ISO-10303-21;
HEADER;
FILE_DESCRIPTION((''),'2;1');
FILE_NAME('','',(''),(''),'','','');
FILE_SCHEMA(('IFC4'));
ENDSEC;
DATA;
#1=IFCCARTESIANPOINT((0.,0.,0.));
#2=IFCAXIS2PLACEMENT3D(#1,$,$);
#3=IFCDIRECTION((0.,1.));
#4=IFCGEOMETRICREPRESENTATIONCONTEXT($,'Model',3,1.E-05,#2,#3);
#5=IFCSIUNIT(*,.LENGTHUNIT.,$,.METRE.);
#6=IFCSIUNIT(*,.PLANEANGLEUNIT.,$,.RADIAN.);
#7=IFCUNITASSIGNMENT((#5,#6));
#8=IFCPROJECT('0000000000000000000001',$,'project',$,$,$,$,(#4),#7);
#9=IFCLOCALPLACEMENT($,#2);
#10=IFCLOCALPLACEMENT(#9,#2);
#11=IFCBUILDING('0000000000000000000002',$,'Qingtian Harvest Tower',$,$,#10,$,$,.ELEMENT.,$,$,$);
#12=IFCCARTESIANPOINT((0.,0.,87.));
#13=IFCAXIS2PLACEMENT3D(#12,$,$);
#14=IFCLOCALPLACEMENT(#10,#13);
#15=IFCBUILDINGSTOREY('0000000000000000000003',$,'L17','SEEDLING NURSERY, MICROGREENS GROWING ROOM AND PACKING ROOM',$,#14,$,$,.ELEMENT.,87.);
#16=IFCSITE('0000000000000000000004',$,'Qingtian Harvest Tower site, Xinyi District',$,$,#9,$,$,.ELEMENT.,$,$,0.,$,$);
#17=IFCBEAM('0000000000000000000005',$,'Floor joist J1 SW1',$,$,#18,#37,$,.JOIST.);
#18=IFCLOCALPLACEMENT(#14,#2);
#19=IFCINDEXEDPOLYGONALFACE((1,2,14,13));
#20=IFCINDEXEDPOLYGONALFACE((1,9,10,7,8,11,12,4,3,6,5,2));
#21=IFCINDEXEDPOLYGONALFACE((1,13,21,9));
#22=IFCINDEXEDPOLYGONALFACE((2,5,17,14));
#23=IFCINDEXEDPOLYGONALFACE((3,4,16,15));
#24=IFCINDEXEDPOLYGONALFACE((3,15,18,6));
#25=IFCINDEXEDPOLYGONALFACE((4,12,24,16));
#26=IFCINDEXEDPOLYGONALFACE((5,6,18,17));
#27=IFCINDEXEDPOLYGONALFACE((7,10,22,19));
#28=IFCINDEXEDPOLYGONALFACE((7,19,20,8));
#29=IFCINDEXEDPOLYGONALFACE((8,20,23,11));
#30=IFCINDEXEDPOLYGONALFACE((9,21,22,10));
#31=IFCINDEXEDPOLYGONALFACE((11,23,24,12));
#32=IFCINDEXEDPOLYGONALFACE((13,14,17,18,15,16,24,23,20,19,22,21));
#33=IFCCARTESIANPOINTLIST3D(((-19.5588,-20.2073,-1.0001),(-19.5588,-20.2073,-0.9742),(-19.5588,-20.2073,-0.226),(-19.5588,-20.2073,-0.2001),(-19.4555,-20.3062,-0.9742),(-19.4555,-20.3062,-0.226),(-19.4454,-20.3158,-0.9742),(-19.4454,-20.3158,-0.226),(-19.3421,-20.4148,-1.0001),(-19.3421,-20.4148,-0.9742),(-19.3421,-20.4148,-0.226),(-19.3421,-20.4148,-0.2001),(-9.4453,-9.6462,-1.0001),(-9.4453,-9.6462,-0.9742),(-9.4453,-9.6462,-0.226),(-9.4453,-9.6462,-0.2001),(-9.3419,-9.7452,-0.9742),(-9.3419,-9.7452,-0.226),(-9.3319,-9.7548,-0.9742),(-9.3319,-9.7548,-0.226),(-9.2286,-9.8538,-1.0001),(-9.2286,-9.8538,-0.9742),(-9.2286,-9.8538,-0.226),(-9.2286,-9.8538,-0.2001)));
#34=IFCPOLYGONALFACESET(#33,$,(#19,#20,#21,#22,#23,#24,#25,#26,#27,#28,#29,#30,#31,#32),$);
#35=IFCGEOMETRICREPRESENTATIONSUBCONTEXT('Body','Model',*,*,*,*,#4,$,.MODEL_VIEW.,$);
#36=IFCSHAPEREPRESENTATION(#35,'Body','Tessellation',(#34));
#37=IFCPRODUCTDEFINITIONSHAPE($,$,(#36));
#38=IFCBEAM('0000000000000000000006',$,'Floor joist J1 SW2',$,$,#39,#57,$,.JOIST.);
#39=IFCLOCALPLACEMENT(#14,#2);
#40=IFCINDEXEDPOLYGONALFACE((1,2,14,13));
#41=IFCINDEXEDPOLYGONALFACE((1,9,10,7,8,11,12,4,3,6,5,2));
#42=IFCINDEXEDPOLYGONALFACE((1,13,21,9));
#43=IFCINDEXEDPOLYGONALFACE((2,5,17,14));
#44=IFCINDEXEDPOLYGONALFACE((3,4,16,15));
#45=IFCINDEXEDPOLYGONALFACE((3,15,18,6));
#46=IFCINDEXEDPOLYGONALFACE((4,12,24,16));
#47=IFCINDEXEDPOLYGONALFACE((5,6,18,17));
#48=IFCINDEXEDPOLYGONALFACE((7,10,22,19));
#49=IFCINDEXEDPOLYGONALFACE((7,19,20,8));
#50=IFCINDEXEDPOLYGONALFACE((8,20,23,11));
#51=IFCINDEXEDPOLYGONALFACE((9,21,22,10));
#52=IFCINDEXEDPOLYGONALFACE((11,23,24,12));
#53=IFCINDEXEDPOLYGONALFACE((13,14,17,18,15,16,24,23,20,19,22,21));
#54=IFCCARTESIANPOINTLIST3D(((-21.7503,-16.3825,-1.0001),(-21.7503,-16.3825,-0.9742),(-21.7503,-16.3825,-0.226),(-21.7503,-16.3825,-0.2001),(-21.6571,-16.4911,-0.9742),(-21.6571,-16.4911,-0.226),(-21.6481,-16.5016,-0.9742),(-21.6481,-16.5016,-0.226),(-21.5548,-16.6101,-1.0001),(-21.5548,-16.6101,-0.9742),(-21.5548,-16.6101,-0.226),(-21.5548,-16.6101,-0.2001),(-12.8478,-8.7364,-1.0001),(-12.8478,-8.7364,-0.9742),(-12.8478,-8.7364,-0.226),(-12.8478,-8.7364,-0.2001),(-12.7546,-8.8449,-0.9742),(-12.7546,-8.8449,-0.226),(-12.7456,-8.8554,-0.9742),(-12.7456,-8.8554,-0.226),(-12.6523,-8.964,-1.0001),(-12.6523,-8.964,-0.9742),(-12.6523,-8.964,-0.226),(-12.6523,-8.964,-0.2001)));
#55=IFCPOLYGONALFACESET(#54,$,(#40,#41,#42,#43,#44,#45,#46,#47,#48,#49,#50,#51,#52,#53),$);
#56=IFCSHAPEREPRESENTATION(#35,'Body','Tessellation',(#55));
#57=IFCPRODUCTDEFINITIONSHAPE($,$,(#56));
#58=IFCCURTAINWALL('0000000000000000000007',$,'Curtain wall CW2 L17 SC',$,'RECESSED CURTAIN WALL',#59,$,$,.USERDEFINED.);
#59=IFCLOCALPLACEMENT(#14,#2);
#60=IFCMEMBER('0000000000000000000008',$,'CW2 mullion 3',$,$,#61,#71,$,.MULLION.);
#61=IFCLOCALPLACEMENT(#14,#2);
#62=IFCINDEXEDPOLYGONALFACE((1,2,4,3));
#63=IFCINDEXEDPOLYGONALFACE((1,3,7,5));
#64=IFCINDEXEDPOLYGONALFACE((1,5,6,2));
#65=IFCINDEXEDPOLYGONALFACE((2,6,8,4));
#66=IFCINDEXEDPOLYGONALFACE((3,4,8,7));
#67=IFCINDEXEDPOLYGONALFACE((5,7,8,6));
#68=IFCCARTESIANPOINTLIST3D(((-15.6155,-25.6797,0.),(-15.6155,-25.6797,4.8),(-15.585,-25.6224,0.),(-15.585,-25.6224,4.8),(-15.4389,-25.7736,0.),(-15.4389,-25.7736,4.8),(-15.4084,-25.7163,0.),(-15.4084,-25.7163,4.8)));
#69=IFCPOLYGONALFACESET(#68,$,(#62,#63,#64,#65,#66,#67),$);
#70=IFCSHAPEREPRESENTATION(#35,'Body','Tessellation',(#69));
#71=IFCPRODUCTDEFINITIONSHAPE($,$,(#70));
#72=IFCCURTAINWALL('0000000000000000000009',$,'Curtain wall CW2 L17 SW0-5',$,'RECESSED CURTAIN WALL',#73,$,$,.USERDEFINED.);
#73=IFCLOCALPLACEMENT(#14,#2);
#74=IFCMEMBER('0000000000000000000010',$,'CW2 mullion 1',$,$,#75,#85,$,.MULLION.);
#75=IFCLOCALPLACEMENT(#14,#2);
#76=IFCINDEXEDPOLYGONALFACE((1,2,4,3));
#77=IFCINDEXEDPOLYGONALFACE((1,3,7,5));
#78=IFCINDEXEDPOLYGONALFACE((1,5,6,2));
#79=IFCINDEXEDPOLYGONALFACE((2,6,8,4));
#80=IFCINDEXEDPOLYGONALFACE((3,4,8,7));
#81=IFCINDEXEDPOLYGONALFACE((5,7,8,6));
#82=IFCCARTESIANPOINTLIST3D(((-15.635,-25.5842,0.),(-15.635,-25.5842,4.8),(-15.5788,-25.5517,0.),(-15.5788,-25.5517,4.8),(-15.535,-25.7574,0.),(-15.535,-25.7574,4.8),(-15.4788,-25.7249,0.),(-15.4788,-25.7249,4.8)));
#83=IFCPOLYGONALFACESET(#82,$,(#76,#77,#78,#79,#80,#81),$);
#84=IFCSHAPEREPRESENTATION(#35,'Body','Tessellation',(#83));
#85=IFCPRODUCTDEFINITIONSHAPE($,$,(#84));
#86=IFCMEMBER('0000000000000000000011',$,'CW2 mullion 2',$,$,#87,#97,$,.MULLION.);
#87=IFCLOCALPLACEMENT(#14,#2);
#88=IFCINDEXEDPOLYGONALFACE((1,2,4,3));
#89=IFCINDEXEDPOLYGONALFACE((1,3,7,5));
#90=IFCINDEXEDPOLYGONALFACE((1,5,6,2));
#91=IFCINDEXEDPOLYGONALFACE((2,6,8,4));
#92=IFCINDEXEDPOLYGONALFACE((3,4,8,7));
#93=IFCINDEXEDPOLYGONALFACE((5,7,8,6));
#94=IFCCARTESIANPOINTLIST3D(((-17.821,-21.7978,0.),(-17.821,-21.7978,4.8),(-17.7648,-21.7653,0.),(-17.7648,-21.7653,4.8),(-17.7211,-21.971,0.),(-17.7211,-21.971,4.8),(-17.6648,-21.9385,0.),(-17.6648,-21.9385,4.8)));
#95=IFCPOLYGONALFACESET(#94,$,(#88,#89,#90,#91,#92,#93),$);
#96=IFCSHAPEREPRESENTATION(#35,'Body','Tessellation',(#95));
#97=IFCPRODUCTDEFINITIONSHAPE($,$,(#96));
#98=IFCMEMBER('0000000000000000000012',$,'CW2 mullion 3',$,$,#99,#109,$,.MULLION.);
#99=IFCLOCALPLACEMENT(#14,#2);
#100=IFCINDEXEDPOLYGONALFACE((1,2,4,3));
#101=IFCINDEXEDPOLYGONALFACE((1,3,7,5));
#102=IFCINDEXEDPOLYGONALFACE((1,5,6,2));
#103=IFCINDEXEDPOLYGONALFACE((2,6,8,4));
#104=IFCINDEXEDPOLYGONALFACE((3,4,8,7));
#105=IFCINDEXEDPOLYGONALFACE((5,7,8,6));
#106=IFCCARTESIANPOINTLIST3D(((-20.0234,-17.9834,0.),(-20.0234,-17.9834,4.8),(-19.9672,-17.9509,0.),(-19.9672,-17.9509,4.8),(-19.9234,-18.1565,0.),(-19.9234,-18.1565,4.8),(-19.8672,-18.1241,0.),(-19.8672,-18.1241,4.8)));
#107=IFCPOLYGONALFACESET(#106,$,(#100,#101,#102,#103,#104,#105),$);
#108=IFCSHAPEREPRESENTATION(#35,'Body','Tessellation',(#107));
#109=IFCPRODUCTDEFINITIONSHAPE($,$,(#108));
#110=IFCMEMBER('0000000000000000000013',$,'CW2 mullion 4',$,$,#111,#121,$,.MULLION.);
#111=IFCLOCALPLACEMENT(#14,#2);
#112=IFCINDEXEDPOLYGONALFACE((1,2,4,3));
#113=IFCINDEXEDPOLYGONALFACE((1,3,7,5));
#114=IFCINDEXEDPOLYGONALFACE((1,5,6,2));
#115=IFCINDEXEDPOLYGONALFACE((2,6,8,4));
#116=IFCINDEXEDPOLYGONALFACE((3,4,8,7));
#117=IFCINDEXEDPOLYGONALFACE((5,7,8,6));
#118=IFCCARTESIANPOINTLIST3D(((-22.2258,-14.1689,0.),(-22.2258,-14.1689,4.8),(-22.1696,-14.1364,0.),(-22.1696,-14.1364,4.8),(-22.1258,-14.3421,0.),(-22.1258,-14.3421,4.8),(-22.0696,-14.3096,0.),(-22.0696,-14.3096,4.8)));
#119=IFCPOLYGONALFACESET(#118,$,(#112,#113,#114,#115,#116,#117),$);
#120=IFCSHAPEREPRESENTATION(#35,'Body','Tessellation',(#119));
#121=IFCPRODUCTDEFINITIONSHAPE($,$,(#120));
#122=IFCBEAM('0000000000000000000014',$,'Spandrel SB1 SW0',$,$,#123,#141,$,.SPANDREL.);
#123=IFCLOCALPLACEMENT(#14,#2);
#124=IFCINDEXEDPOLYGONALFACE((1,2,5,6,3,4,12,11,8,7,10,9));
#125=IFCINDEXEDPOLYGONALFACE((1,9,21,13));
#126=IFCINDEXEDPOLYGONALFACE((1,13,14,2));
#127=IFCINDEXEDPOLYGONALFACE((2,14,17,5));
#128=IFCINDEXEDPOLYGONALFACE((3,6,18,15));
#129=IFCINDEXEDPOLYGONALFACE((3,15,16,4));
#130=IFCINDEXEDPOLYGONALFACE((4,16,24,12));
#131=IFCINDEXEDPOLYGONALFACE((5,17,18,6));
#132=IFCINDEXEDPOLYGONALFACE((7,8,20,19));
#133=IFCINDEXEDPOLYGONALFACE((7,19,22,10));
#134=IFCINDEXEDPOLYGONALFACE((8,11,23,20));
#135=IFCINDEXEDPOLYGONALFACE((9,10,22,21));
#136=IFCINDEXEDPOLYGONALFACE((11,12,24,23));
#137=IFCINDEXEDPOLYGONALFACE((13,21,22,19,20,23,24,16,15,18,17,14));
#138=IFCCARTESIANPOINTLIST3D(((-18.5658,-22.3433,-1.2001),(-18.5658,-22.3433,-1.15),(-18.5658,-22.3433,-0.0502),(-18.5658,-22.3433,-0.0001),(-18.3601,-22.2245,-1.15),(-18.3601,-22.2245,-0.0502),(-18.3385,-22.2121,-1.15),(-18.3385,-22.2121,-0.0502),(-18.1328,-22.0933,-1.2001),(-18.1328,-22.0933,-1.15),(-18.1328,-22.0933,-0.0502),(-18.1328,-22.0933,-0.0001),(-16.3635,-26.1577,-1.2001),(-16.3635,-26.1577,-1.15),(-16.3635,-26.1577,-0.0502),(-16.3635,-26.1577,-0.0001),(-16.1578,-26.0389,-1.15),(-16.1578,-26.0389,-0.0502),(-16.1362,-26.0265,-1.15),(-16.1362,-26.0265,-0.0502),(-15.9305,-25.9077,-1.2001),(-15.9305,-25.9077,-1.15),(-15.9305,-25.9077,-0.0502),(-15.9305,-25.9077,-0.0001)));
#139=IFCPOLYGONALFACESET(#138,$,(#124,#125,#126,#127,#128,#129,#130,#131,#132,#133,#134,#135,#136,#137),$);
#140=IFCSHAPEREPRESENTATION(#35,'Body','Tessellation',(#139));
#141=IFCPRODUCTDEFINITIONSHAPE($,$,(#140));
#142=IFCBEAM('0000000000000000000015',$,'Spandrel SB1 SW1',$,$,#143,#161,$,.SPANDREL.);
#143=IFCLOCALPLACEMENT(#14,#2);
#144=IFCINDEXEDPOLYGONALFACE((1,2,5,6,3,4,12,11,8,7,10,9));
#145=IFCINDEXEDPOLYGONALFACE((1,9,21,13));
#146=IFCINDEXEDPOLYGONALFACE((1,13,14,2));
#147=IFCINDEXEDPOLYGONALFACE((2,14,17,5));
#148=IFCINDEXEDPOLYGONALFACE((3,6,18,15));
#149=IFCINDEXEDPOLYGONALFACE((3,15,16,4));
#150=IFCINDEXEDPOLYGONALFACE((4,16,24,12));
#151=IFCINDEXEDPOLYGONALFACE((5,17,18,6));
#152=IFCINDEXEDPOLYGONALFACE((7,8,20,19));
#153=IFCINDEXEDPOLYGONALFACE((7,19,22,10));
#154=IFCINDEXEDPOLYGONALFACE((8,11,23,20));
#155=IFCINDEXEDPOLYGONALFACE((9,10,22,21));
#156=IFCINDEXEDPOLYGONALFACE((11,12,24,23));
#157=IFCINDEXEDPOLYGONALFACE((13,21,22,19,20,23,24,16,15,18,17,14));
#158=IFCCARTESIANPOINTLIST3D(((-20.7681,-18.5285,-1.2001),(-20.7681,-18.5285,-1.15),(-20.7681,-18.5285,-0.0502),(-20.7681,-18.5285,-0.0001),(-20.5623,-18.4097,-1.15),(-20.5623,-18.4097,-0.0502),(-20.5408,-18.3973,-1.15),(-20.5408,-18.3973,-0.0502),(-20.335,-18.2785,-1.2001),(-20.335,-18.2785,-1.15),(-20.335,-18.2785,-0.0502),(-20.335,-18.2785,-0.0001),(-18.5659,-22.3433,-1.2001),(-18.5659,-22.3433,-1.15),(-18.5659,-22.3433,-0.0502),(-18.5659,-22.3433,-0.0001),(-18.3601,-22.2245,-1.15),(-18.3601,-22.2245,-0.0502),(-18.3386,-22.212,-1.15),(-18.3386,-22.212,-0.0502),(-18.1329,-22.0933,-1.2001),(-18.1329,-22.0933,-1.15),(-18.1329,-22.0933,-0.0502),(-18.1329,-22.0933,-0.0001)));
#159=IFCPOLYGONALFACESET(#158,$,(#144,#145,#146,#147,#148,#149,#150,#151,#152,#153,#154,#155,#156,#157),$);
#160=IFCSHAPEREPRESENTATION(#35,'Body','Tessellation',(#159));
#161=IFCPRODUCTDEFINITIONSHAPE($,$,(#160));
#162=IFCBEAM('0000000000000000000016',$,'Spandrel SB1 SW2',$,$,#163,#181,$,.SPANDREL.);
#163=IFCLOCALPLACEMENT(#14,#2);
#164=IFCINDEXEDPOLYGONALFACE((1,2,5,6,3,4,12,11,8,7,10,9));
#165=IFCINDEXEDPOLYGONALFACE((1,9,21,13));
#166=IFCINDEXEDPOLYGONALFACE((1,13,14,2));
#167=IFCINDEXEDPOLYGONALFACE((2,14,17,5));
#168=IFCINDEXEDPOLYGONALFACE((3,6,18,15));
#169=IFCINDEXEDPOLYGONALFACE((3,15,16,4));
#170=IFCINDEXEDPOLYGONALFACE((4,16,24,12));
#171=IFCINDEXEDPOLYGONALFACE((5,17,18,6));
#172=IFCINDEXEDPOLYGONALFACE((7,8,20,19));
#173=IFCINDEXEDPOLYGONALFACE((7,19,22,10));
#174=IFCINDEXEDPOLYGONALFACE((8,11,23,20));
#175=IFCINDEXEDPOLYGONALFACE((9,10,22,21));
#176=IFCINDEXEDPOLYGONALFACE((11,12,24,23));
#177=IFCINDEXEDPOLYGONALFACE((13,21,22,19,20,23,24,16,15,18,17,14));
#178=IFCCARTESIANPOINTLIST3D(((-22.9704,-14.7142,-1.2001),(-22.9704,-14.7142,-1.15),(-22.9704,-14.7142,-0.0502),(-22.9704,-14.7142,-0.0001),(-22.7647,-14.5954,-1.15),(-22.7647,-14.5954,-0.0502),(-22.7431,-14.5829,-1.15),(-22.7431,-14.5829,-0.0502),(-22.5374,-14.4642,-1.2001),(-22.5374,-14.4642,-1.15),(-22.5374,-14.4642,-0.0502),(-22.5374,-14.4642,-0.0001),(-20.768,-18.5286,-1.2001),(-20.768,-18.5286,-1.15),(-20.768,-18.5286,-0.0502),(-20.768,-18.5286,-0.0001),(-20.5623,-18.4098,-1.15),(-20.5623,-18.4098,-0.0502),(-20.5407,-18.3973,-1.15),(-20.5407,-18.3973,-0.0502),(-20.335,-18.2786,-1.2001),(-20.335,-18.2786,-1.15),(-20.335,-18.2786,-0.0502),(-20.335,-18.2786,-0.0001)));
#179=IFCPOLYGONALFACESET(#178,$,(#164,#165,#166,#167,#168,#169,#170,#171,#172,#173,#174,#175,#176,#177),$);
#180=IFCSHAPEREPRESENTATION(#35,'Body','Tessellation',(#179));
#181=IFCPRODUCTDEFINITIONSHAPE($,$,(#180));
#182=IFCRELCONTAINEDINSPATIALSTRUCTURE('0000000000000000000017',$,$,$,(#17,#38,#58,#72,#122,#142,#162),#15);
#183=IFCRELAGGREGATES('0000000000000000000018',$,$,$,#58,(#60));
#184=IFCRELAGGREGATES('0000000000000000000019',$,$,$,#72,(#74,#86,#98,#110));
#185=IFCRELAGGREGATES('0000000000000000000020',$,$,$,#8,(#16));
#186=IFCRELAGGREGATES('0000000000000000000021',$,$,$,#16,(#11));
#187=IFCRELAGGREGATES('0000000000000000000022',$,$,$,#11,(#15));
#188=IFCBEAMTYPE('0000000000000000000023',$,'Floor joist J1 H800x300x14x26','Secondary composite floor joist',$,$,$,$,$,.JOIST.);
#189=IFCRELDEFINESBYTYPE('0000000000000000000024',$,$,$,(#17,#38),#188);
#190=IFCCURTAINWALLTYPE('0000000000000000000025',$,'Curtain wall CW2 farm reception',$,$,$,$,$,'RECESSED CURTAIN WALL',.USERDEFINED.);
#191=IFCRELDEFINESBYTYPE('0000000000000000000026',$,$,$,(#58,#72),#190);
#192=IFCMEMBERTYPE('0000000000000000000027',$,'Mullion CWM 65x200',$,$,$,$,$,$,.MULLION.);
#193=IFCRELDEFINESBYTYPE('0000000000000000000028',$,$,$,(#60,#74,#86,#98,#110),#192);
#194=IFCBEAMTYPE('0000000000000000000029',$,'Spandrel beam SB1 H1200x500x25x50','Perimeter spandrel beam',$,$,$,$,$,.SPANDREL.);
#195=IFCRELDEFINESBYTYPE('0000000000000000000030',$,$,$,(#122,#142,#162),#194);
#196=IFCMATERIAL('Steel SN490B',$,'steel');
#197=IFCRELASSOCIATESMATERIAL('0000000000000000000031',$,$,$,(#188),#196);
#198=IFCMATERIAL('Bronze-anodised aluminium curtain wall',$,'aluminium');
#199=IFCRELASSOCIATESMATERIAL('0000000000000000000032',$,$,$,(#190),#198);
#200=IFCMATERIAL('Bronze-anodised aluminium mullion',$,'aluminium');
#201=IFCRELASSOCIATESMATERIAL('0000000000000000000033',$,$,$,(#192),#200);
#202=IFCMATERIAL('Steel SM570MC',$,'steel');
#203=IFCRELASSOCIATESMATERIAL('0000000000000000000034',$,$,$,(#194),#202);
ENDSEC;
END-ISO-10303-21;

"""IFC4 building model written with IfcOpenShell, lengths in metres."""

from ifc_helpers import new_model, si_unit, direction, frame, origin, origin_2d, place, context, subcontext, project, spatial, rectangle, i_section, extrude, material, material_profile, profile_set, type_object, element, aggregate, save


model = new_model("IFC4")

# Units and contexts
model_context = context("Model", 3, precision=1e-05, world=origin(), true_north=direction((0.0, 1.0)))
body_context = subcontext(model_context, "Body", "Model", "MODEL_VIEW")
ifc_project = project(units=[si_unit("LENGTHUNIT", "METRE"), si_unit("PLANEANGLEUNIT", "RADIAN")], contexts=[model_context])

# Site, building, storey
site_placement = place(None, origin())
site = spatial("IfcSite", under=ifc_project, at=site_placement, Name="Qingtian Harvest Tower site, Xinyi District", CompositionType="ELEMENT", RefElevation=0.0)
building_placement = place(site_placement, origin())
building = spatial("IfcBuilding", under=site, at=building_placement, Name="Qingtian Harvest Tower", CompositionType="ELEMENT")
storey_placement = place(building_placement, frame((0.0, 0.0, 87.0)))
storey = spatial("IfcBuildingStorey", under=building, at=storey_placement, Name="L17", Description="SEEDLING NURSERY, MICROGREENS GROWING ROOM AND PACKING ROOM", CompositionType="ELEMENT", Elevation=87.0)

# Beams
ifc_material_1 = material(Name="Steel SN490B", Category="steel")
ifc_material_profile_1 = material_profile(ifc_material_1, i_section(OverallWidth=0.3, OverallDepth=0.8, WebThickness=0.0139, FlangeThickness=0.0259, at=origin_2d()), Name="H800x300x14x26")
ifc_profile_set_1 = profile_set([ifc_material_profile_1], Name="Steel SN490B")
beam_type_1 = type_object("IfcBeamType", Name="Floor joist J1 H800x300x14x26", Description="Secondary composite floor joist", PredefinedType="JOIST", material=ifc_profile_set_1)
beam_1_placement = place(storey_placement, frame((-19.4504, -20.311, -0.6001), z_axis=(0.691639, 0.722243, 0.0), x_axis=(-0.722243, 0.691639, 0.0)))
element("IfcBeam", 1, at=beam_1_placement, inside=storey, type_object=beam_type_1, Name="Floor joist J1 SW1", PredefinedType="JOIST", context=body_context, shape_type="SweptSolid", body=[
    extrude(i_section(OverallWidth=0.3, OverallDepth=0.8, WebThickness=0.0139, FlangeThickness=0.0259, at=origin_2d()), origin(), (0.0, 0.0, 1.0), 14.6226),
])
beam_2_placement = place(storey_placement, frame((-21.6526, -16.4963, -0.6001), z_axis=(0.758606, 0.65155, 0.0), x_axis=(-0.65155, 0.758606, 0.0)))
element("IfcBeam", 2, at=beam_2_placement, inside=storey, type_object=beam_type_1, Name="Floor joist J1 SW2", PredefinedType="JOIST", context=body_context, shape_type="SweptSolid", body=[
    extrude(i_section(OverallWidth=0.3, OverallDepth=0.8, WebThickness=0.0139, FlangeThickness=0.0259, at=origin_2d()), origin(), (0.0, 0.0, 1.0), 11.7354),
])

# Curtain wall, member
ifc_material_2 = material(Name="Bronze-anodised aluminium curtain wall", Category="aluminium")
curtain_wall_type = type_object("IfcCurtainWallType", Name="Curtain wall CW2 farm reception", ElementType="RECESSED CURTAIN WALL", PredefinedType="USERDEFINED", material=ifc_material_2)
curtain_wall_1_placement = place(storey_placement, origin())
curtain_wall_1 = element("IfcCurtainWall", 3, at=curtain_wall_1_placement, inside=storey, type_object=curtain_wall_type, Name="Curtain wall CW2 L17 SC", ObjectType="RECESSED CURTAIN WALL", PredefinedType="USERDEFINED")
ifc_material_3 = material(Name="Bronze-anodised aluminium mullion", Category="aluminium")
ifc_material_profile_2 = material_profile(ifc_material_3, rectangle(XDim=0.0649, YDim=0.2, at=origin_2d()), Name="AL 65x200")
ifc_profile_set_2 = profile_set([ifc_material_profile_2], Name="Bronze-anodised aluminium mullion")
member_type_1 = type_object("IfcMemberType", Name="Mullion CWM 65x200", PredefinedType="MULLION", material=ifc_profile_set_2)
member_1_placement = place(storey_placement, frame((-15.512, -25.698, 0.0), z_axis=(0.0, 0.0, 1.0), x_axis=(-0.469472, -0.882948, 0.0)))
member_1 = element("IfcMember", 4, at=member_1_placement, type_object=member_type_1, Name="CW2 mullion 3", PredefinedType="MULLION", context=body_context, shape_type="SweptSolid", body=[
    extrude(rectangle(XDim=0.0649, YDim=0.2, at=origin_2d()), origin(), (0.0, 0.0, 1.0), 4.8),
])

# Curtain wall, members
curtain_wall_2_placement = place(storey_placement, origin())
curtain_wall_2 = element("IfcCurtainWall", 5, at=curtain_wall_2_placement, inside=storey, type_object=curtain_wall_type, Name="Curtain wall CW2 L17 SW0-5", ObjectType="RECESSED CURTAIN WALL", PredefinedType="USERDEFINED")
member_2_placement = place(storey_placement, frame((-15.5569, -25.6545, 0.0), z_axis=(0.0, 0.0, 1.0), x_axis=(-0.866025, -0.5, 0.0)))
member_2 = element("IfcMember", 6, at=member_2_placement, type_object=member_type_1, Name="CW2 mullion 1", PredefinedType="MULLION", context=body_context, shape_type="SweptSolid", body=[
    extrude(rectangle(XDim=0.0649, YDim=0.2, at=origin_2d()), origin(), (0.0, 0.0, 1.0), 4.8),
])
member_3_placement = place(storey_placement, frame((-17.7429, -21.8682, 0.0), z_axis=(0.0, 0.0, 1.0), x_axis=(-0.866025, -0.5, 0.0)))
member_3 = element("IfcMember", 7, at=member_3_placement, type_object=member_type_1, Name="CW2 mullion 2", PredefinedType="MULLION", context=body_context, shape_type="SweptSolid", body=[
    extrude(rectangle(XDim=0.0649, YDim=0.2, at=origin_2d()), origin(), (0.0, 0.0, 1.0), 4.8),
])
member_4_placement = place(storey_placement, frame((-19.9453, -18.0537, 0.0), z_axis=(0.0, 0.0, 1.0), x_axis=(-0.866025, -0.5, 0.0)))
member_4 = element("IfcMember", 8, at=member_4_placement, type_object=member_type_1, Name="CW2 mullion 3", PredefinedType="MULLION", context=body_context, shape_type="SweptSolid", body=[
    extrude(rectangle(XDim=0.0649, YDim=0.2, at=origin_2d()), origin(), (0.0, 0.0, 1.0), 4.8),
])
member_5_placement = place(storey_placement, frame((-22.1477, -14.2393, 0.0), z_axis=(0.0, 0.0, 1.0), x_axis=(-0.866025, -0.5, 0.0)))
member_5 = element("IfcMember", 9, at=member_5_placement, type_object=member_type_1, Name="CW2 mullion 4", PredefinedType="MULLION", context=body_context, shape_type="SweptSolid", body=[
    extrude(rectangle(XDim=0.0649, YDim=0.2, at=origin_2d()), origin(), (0.0, 0.0, 1.0), 4.8),
])

# Beams
ifc_material_4 = material(Name="Steel SM570MC", Category="steel")
ifc_material_profile_3 = material_profile(ifc_material_4, i_section(OverallWidth=0.5, OverallDepth=1.2, WebThickness=0.0249, FlangeThickness=0.05, at=origin_2d()), Name="H1200x500x25x50")
ifc_profile_set_3 = profile_set([ifc_material_profile_3], Name="Steel SM570MC")
beam_type_2 = type_object("IfcBeamType", Name="Spandrel beam SB1 H1200x500x25x50", Description="Perimeter spandrel beam", PredefinedType="SPANDREL", material=ifc_profile_set_3)
beam_3_placement = place(storey_placement, frame((-16.147, -26.0327, -0.6001), z_axis=(-0.50002, 0.866014, 0.0), x_axis=(-0.866014, -0.50002, 0.0)))
element("IfcBeam", 10, at=beam_3_placement, inside=storey, type_object=beam_type_2, Name="Spandrel SB1 SW0", PredefinedType="SPANDREL", context=body_context, shape_type="SweptSolid", body=[
    extrude(i_section(OverallWidth=0.5, OverallDepth=1.2, WebThickness=0.0249, FlangeThickness=0.05, at=origin_2d()), origin(), (0.0, 0.0, 1.0), 4.4045),
])
beam_4_placement = place(storey_placement, frame((-18.3494, -22.2183, -0.6001), z_axis=(-0.499954, 0.866052, 0.0), x_axis=(-0.866052, -0.499954, 0.0)))
element("IfcBeam", 11, at=beam_4_placement, inside=storey, type_object=beam_type_2, Name="Spandrel SB1 SW1", PredefinedType="SPANDREL", context=body_context, shape_type="SweptSolid", body=[
    extrude(i_section(OverallWidth=0.5, OverallDepth=1.2, WebThickness=0.0249, FlangeThickness=0.05, at=origin_2d()), origin(), (0.0, 0.0, 1.0), 4.4048),
])
for number, where, z_axis, x_axis, name in (
    (12, (-20.5515, -18.4036, -0.6001), (-0.50002, 0.866014, 0.0), (-0.866014, -0.50002, 0.0), "Spandrel SB1 SW2"),
):
    element("IfcBeam", number, at=place(storey_placement, frame(where, z_axis=z_axis, x_axis=x_axis)), inside=storey, type_object=beam_type_2, Name=name, PredefinedType="SPANDREL", context=body_context, shape_type="SweptSolid", body=[
        extrude(i_section(OverallWidth=0.5, OverallDepth=1.2, WebThickness=0.0249, FlangeThickness=0.05, at=origin_2d()), origin(), (0.0, 0.0, 1.0), 4.4045),
    ])

aggregate(curtain_wall_1, [member_1])
aggregate(curtain_wall_2, [member_2, member_3, member_4, member_5])

save(model, "model.ifc")
